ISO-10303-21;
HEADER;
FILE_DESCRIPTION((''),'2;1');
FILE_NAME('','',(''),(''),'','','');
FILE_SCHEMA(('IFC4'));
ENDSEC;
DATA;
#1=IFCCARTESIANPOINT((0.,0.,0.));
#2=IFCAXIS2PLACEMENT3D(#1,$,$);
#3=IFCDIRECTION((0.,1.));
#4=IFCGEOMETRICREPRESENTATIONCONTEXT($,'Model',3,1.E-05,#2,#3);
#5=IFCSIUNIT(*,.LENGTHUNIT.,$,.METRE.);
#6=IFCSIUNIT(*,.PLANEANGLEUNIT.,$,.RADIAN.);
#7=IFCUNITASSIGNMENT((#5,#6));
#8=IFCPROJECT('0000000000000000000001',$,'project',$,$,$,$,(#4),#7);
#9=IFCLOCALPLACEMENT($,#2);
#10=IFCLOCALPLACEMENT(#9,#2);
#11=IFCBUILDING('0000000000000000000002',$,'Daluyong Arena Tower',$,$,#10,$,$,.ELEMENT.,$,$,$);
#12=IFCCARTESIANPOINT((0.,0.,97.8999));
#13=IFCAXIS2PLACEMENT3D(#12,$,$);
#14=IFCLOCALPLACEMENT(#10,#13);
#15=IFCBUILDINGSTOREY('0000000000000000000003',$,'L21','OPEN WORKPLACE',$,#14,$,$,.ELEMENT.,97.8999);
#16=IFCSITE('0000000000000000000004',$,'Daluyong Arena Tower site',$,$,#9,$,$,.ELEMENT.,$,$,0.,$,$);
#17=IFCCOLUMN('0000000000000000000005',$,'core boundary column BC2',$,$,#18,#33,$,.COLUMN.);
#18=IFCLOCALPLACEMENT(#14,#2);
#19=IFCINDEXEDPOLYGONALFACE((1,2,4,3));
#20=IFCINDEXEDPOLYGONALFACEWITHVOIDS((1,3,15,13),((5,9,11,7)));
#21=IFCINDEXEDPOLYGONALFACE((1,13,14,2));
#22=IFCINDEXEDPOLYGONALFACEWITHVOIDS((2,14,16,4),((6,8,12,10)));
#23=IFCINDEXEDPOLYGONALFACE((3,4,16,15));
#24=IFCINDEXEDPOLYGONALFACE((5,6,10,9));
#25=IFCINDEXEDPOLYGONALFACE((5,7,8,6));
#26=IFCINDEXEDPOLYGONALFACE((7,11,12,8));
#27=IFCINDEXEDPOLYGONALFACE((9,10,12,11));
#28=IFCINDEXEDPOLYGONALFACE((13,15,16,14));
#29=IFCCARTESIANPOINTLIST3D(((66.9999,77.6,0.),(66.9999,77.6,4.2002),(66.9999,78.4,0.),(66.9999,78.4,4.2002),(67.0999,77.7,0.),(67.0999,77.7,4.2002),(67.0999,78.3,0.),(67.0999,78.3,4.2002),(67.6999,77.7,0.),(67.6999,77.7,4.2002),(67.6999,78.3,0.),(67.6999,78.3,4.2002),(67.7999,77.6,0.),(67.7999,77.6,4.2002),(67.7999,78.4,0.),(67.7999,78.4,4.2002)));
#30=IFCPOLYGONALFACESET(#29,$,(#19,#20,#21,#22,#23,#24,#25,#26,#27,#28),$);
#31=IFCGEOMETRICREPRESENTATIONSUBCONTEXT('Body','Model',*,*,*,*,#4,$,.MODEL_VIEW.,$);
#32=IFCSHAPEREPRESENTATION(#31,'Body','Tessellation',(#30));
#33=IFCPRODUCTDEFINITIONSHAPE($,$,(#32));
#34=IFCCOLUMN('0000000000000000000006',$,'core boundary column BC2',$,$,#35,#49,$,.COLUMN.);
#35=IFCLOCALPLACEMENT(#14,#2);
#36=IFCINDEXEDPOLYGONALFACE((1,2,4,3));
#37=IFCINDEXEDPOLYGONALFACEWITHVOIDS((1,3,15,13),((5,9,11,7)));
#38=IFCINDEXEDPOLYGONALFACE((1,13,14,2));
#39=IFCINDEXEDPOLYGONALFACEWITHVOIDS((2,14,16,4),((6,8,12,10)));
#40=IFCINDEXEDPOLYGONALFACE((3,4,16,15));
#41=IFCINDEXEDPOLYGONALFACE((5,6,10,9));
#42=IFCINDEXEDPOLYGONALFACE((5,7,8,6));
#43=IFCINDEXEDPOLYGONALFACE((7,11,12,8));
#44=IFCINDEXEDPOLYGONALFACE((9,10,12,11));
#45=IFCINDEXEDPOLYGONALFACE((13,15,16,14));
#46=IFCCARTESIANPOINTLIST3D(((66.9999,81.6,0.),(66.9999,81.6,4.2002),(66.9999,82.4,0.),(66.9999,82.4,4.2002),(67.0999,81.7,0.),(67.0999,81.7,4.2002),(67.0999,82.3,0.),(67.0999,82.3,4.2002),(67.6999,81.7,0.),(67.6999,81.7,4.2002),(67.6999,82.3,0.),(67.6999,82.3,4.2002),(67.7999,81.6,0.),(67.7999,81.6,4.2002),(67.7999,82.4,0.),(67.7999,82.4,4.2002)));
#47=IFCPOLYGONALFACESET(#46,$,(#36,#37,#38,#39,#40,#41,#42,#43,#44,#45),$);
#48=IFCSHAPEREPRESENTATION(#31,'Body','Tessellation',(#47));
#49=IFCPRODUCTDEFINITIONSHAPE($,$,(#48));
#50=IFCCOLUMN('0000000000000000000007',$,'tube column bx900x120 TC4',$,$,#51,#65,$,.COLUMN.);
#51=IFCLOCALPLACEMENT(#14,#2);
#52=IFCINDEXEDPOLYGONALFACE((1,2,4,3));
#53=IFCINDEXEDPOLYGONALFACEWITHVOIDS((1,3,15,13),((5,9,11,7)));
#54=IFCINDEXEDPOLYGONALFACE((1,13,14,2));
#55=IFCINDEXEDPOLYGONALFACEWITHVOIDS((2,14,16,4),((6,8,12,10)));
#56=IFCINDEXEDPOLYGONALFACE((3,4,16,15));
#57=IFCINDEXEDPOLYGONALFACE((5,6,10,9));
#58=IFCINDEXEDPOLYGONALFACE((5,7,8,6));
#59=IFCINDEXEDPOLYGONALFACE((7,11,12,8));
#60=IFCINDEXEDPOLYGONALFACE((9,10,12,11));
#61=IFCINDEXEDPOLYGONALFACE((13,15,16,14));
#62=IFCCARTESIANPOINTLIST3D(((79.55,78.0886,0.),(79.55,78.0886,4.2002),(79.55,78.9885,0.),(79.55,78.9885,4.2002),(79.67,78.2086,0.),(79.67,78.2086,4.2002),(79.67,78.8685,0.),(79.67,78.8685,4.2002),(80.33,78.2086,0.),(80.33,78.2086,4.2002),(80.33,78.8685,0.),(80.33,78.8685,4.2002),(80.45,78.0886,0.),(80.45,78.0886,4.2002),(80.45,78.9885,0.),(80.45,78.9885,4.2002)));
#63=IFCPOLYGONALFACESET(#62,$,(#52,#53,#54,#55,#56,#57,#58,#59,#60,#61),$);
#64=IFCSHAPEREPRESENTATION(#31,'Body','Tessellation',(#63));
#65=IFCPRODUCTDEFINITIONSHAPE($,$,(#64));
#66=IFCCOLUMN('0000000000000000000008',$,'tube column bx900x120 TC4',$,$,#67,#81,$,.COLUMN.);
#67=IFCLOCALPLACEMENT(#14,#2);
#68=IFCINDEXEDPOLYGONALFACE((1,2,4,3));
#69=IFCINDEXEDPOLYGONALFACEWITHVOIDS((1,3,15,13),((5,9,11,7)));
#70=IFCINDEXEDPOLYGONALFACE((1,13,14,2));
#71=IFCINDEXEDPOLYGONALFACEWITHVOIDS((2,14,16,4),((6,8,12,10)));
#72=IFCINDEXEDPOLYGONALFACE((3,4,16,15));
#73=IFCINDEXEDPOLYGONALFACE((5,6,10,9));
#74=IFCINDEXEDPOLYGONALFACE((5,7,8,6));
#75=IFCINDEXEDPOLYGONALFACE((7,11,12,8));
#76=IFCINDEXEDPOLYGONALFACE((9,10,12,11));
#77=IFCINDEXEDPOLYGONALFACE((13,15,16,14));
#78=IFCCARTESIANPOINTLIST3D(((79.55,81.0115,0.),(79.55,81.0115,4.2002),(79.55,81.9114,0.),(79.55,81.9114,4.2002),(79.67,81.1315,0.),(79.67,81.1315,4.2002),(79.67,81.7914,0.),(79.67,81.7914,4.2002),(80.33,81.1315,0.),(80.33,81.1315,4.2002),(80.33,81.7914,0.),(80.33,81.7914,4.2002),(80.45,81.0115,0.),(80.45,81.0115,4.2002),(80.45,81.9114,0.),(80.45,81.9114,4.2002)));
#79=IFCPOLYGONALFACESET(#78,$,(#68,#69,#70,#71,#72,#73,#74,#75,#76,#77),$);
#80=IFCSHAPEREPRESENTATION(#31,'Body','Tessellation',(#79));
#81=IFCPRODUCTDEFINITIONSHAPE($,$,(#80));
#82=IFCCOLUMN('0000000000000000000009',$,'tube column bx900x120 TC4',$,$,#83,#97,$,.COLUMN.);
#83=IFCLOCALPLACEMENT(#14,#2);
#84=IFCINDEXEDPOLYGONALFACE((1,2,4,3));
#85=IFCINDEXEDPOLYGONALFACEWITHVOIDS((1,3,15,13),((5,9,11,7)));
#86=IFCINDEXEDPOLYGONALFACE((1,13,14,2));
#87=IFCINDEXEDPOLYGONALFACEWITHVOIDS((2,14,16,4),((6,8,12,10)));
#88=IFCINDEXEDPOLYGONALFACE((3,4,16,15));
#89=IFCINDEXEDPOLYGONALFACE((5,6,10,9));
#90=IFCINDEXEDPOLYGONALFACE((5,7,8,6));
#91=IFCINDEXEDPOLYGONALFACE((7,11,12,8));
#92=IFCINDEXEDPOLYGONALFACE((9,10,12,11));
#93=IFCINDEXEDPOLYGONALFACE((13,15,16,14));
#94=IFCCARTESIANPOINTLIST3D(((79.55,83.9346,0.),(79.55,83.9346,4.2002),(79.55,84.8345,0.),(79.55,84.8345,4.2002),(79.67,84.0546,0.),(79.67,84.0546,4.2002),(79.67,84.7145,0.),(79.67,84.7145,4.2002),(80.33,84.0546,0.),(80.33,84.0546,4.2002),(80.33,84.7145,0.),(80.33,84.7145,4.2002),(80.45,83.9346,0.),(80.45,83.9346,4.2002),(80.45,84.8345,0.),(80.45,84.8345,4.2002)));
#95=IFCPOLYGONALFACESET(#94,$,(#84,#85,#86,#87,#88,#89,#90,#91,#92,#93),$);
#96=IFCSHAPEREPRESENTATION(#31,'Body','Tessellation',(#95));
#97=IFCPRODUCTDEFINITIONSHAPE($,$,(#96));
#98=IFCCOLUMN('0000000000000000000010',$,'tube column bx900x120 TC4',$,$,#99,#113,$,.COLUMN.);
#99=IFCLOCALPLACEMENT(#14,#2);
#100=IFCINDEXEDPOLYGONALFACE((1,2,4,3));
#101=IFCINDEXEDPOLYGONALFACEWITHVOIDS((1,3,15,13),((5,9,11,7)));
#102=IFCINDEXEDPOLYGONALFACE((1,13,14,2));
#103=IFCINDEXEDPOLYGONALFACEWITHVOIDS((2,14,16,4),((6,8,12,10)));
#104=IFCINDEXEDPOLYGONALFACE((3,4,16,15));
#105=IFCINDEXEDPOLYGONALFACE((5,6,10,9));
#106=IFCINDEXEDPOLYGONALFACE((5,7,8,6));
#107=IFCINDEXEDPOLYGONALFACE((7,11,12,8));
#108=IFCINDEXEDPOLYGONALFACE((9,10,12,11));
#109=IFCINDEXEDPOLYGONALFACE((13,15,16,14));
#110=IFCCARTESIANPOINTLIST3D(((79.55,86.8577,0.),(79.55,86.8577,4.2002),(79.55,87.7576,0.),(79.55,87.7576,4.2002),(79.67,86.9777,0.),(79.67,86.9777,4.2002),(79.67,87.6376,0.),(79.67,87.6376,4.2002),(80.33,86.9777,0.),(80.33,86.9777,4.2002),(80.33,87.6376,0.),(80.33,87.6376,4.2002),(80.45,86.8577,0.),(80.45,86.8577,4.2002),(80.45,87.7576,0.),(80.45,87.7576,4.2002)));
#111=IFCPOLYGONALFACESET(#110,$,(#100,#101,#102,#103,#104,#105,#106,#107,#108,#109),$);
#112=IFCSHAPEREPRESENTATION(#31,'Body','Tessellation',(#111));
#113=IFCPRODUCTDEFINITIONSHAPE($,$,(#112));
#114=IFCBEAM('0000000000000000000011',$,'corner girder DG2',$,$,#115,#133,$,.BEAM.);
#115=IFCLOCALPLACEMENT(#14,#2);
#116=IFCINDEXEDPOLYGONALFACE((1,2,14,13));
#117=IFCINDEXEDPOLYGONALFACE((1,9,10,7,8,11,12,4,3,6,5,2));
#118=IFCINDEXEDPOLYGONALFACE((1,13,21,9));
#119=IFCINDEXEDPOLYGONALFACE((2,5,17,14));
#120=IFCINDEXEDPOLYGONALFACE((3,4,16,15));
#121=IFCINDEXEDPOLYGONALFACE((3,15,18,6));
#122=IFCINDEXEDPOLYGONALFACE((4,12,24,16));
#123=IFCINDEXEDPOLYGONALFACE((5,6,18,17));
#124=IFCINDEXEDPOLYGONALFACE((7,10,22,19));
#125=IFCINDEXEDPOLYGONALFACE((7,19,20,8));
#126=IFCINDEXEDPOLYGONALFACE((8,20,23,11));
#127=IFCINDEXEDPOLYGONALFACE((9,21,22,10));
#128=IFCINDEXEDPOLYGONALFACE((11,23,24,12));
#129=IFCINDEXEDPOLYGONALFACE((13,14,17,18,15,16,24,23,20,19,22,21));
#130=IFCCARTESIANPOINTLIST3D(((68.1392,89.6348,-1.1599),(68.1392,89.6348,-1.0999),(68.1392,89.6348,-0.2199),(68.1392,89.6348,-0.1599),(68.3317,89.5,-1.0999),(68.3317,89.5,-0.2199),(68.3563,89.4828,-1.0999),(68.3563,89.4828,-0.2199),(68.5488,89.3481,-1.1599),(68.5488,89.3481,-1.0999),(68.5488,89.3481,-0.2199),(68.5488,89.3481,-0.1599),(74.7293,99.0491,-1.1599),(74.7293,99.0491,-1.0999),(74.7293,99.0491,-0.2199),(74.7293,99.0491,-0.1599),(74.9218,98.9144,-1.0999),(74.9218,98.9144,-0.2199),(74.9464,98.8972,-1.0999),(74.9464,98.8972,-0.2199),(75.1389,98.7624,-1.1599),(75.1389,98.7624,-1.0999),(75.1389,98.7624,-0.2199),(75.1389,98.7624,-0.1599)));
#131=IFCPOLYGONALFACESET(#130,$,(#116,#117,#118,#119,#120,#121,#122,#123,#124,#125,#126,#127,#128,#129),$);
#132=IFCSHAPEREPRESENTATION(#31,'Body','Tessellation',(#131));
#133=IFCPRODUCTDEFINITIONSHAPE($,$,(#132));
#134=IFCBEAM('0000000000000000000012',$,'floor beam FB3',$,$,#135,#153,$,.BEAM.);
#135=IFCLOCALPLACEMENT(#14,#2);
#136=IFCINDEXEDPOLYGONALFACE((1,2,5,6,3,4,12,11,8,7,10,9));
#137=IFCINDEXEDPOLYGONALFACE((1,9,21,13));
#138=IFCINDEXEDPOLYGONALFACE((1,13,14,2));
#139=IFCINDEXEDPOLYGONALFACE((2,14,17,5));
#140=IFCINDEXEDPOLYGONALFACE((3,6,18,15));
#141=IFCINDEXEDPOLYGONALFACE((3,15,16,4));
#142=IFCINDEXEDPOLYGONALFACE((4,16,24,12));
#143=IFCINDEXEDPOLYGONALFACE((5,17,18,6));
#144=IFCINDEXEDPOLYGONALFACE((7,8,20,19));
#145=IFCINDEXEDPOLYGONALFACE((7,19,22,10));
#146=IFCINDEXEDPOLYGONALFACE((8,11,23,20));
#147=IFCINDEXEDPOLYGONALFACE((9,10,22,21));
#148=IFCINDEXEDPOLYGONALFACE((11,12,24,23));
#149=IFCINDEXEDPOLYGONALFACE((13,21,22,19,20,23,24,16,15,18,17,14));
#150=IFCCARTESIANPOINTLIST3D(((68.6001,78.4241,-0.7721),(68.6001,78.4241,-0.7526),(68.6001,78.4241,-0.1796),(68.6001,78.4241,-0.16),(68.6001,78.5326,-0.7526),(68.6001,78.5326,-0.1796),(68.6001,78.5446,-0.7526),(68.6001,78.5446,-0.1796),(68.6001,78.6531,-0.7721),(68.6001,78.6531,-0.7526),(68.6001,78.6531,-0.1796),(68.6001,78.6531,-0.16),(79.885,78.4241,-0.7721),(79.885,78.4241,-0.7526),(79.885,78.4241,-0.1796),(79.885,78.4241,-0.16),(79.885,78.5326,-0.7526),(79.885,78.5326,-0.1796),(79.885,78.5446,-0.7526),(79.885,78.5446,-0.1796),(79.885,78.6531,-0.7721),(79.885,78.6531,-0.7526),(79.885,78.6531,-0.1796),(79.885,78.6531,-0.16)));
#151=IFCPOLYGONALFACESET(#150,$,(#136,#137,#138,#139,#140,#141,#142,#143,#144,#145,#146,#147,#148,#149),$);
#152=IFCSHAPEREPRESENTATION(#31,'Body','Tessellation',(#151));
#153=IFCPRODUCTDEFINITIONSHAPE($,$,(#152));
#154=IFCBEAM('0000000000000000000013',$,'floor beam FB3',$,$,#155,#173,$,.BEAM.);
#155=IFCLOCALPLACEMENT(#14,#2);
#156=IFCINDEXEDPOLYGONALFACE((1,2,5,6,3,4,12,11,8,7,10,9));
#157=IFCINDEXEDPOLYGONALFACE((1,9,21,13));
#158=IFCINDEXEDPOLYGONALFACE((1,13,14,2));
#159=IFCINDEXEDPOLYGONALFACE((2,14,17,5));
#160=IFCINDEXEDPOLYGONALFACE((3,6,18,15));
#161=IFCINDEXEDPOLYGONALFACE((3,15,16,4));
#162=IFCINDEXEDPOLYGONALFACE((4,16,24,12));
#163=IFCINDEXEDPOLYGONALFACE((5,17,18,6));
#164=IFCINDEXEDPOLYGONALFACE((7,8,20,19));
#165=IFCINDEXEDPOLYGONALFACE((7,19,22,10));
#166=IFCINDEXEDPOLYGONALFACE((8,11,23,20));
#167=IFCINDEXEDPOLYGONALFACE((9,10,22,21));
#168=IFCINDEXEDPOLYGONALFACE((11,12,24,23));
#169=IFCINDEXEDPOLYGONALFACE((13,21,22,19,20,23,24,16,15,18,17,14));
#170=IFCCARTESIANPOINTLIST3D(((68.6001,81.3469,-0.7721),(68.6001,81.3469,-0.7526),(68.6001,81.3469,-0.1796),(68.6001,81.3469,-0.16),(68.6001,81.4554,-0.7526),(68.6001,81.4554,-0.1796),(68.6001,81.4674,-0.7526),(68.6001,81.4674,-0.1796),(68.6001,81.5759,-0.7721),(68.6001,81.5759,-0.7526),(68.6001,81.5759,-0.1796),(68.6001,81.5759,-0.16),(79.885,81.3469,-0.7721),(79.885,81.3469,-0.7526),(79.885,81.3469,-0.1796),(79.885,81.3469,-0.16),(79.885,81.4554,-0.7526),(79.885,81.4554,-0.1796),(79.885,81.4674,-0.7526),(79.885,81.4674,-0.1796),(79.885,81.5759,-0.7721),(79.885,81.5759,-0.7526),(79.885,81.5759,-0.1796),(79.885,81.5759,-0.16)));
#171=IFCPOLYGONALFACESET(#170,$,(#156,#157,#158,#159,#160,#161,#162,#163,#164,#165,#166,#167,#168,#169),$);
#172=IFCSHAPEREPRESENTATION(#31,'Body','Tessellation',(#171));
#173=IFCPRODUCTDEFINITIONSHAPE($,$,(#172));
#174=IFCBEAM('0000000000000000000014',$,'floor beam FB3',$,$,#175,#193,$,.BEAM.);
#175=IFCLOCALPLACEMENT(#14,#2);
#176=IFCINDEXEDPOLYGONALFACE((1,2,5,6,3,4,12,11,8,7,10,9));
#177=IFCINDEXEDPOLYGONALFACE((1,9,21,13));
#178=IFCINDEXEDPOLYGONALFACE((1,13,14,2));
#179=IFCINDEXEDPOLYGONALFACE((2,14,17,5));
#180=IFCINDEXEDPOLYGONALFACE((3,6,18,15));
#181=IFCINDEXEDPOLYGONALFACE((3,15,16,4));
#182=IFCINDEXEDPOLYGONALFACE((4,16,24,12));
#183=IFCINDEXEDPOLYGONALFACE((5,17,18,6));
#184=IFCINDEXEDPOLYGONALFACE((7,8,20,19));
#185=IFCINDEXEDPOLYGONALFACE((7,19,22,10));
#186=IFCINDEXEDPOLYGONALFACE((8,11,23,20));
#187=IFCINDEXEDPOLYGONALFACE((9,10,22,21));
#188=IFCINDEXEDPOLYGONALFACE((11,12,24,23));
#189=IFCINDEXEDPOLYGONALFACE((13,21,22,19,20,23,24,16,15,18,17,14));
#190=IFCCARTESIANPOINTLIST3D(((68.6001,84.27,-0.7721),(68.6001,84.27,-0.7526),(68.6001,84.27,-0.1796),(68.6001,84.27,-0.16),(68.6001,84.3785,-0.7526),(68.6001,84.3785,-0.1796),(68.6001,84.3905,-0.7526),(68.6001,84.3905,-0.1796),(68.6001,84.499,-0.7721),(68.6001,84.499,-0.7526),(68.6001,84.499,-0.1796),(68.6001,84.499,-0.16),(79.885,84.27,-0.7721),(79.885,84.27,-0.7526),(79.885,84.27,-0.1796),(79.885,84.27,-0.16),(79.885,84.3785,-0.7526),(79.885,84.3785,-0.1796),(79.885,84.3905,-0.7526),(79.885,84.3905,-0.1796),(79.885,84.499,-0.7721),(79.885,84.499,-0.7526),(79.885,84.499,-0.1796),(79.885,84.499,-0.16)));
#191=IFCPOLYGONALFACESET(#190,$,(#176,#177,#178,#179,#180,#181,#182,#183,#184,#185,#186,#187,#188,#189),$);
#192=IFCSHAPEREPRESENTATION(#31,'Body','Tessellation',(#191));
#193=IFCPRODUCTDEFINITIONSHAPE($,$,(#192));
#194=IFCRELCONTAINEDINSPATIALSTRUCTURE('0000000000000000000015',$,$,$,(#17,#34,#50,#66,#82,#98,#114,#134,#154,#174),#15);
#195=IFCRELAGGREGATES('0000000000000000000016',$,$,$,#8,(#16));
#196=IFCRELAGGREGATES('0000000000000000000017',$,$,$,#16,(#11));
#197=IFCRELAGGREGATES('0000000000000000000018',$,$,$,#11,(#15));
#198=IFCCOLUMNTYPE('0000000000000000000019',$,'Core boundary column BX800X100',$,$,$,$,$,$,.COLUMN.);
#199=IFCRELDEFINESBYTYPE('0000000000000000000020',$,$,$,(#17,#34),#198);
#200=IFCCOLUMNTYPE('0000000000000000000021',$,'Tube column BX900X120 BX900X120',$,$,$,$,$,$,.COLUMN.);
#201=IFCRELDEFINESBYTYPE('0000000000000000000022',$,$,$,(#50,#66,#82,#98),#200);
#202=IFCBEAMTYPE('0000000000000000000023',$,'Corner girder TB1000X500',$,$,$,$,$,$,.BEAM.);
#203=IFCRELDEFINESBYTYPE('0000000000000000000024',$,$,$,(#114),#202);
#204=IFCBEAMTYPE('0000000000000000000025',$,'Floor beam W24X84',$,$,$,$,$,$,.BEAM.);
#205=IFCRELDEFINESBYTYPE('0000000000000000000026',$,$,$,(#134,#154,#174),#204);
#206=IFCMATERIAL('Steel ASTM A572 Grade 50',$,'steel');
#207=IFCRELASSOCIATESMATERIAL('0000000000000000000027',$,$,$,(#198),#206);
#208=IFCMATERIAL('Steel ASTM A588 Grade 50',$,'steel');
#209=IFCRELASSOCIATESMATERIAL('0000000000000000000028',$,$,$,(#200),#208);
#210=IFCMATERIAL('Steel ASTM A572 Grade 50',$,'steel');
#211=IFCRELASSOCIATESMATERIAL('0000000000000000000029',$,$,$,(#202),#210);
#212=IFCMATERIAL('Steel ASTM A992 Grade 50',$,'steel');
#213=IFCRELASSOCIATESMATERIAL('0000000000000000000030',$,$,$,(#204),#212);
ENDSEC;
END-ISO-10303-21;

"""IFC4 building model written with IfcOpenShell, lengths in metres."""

from ifc_helpers import new_model, si_unit, direction, frame, origin, origin_2d, place, context, subcontext, project, spatial, hollow_rectangle, i_section, extrude, material, material_profile, profile_set, type_object, element, save


model = new_model("IFC4")

# Units and contexts
model_context = context("Model", 3, precision=1e-05, world=origin(), true_north=direction((0.0, 1.0)))
body_context = subcontext(model_context, "Body", "Model", "MODEL_VIEW")
ifc_project = project(units=[si_unit("LENGTHUNIT", "METRE"), si_unit("PLANEANGLEUNIT", "RADIAN")], contexts=[model_context])

# Site, building, storey
site_placement = place(None, origin())
site = spatial("IfcSite", under=ifc_project, at=site_placement, Name="Daluyong Arena Tower site", CompositionType="ELEMENT", RefElevation=0.0)
building_placement = place(site_placement, origin())
building = spatial("IfcBuilding", under=site, at=building_placement, Name="Daluyong Arena Tower", CompositionType="ELEMENT")
storey_placement = place(building_placement, frame((0.0, 0.0, 97.8999)))
storey = spatial("IfcBuildingStorey", under=building, at=storey_placement, Name="L21", Description="OPEN WORKPLACE", CompositionType="ELEMENT", Elevation=97.8999)

# Columns
ifc_material_1 = material(Name="Steel ASTM A572 Grade 50", Category="steel")
ifc_material_profile_1 = material_profile(ifc_material_1, hollow_rectangle(XDim=0.8, YDim=0.8, WallThickness=0.1, at=origin_2d()))
ifc_profile_set_1 = profile_set([ifc_material_profile_1], Name="Steel ASTM A572 Grade 50")
column_type_1 = type_object("IfcColumnType", Name="Core boundary column BX800X100", PredefinedType="COLUMN", material=ifc_profile_set_1)
for number, where, z_axis, x_axis, name in (
    (1, (67.3999, 78.0, 0.0), (0.0, 0.0, 1.0), (1.0, 0.0, 0.0), "core boundary column BC2"),
    (2, (67.3999, 82.0, 0.0), (0.0, 0.0, 1.0), (1.0, 0.0, 0.0), "core boundary column BC2"),
):
    element("IfcColumn", number, at=place(storey_placement, frame(where, z_axis=z_axis, x_axis=x_axis)), inside=storey, type_object=column_type_1, Name=name, PredefinedType="COLUMN", context=body_context, shape_type="SweptSolid", body=[
        extrude(hollow_rectangle(XDim=0.8, YDim=0.8, WallThickness=0.1, at=origin_2d()), origin(), (0.0, 0.0, 1.0), 4.2002),
    ])
ifc_material_2 = material(Name="Steel ASTM A588 Grade 50", Category="steel")
ifc_material_profile_2 = material_profile(ifc_material_2, hollow_rectangle(XDim=0.8999, YDim=0.8999, WallThickness=0.12, at=origin_2d()))
ifc_profile_set_2 = profile_set([ifc_material_profile_2], Name="Steel ASTM A588 Grade 50")
column_type_2 = type_object("IfcColumnType", Name="Tube column BX900X120 BX900X120", PredefinedType="COLUMN", material=ifc_profile_set_2)
for number, where, z_axis, x_axis, name in (
    (3, (80.0, 78.5386, 0.0), (0.0, 0.0, 1.0), (0.0, 1.0, 0.0), "tube column bx900x120 TC4"),
    (4, (80.0, 81.4614, 0.0), (0.0, 0.0, 1.0), (0.0, 1.0, 0.0), "tube column bx900x120 TC4"),
    (5, (80.0, 84.3845, 0.0), (0.0, 0.0, 1.0), (0.0, 1.0, 0.0), "tube column bx900x120 TC4"),
    (6, (80.0, 87.3076, 0.0), (0.0, 0.0, 1.0), (0.0, 1.0, 0.0), "tube column bx900x120 TC4"),
):
    element("IfcColumn", number, at=place(storey_placement, frame(where, z_axis=z_axis, x_axis=x_axis)), inside=storey, type_object=column_type_2, Name=name, PredefinedType="COLUMN", context=body_context, shape_type="SweptSolid", body=[
        extrude(hollow_rectangle(XDim=0.8999, YDim=0.8999, WallThickness=0.12, at=origin_2d()), origin(), (0.0, 0.0, 1.0), 4.2002),
    ])

# Beams
ifc_material_3 = material(Name="Steel ASTM A572 Grade 50", Category="steel")
ifc_material_profile_3 = material_profile(ifc_material_3, i_section(OverallWidth=0.5, OverallDepth=1.0, WebThickness=0.03, FlangeThickness=0.06, at=origin_2d()))
ifc_profile_set_3 = profile_set([ifc_material_profile_3], Name="Steel ASTM A572 Grade 50")
beam_type_1 = type_object("IfcBeamType", Name="Corner girder TB1000X500", PredefinedType="BEAM", material=ifc_profile_set_3)
beam_1_placement = place(storey_placement, frame((74.9341, 98.9058, -0.6599), z_axis=(-0.573467, -0.819229, 0.0), x_axis=(0.819229, -0.573467, 0.0)))
element("IfcBeam", 7, at=beam_1_placement, inside=storey, type_object=beam_type_1, Name="corner girder DG2", PredefinedType="BEAM", context=body_context, shape_type="SweptSolid", body=[
    extrude(i_section(OverallWidth=0.5, OverallDepth=1.0, WebThickness=0.03, FlangeThickness=0.06, at=origin_2d()), origin(), (0.0, 0.0, 1.0), 11.4917),
])
ifc_material_4 = material(Name="Steel ASTM A992 Grade 50", Category="steel")
ifc_material_profile_4 = material_profile(ifc_material_4, i_section(OverallWidth=0.229, OverallDepth=0.6121, WebThickness=0.012, FlangeThickness=0.0195, at=origin_2d()))
ifc_profile_set_4 = profile_set([ifc_material_profile_4], Name="Steel ASTM A992 Grade 50")
beam_type_2 = type_object("IfcBeamType", Name="Floor beam W24X84", PredefinedType="BEAM", material=ifc_profile_set_4)
for number, where, z_axis, x_axis, name in (
    (8, (79.885, 78.5386, -0.4661), (-1.0, 0.0, 0.0), (0.0, -1.0, 0.0), "floor beam FB3"),
    (9, (79.885, 81.4614, -0.4661), (-1.0, 0.0, 0.0), (0.0, -1.0, 0.0), "floor beam FB3"),
    (10, (79.885, 84.3845, -0.4661), (-1.0, 0.0, 0.0), (0.0, -1.0, 0.0), "floor beam FB3"),
):
    element("IfcBeam", number, at=place(storey_placement, frame(where, z_axis=z_axis, x_axis=x_axis)), inside=storey, type_object=beam_type_2, Name=name, PredefinedType="BEAM", context=body_context, shape_type="SweptSolid", body=[
        extrude(i_section(OverallWidth=0.229, OverallDepth=0.6121, WebThickness=0.012, FlangeThickness=0.0195, at=origin_2d()), origin(), (0.0, 0.0, 1.0), 11.2849),
    ])

save(model, "model.ifc")
